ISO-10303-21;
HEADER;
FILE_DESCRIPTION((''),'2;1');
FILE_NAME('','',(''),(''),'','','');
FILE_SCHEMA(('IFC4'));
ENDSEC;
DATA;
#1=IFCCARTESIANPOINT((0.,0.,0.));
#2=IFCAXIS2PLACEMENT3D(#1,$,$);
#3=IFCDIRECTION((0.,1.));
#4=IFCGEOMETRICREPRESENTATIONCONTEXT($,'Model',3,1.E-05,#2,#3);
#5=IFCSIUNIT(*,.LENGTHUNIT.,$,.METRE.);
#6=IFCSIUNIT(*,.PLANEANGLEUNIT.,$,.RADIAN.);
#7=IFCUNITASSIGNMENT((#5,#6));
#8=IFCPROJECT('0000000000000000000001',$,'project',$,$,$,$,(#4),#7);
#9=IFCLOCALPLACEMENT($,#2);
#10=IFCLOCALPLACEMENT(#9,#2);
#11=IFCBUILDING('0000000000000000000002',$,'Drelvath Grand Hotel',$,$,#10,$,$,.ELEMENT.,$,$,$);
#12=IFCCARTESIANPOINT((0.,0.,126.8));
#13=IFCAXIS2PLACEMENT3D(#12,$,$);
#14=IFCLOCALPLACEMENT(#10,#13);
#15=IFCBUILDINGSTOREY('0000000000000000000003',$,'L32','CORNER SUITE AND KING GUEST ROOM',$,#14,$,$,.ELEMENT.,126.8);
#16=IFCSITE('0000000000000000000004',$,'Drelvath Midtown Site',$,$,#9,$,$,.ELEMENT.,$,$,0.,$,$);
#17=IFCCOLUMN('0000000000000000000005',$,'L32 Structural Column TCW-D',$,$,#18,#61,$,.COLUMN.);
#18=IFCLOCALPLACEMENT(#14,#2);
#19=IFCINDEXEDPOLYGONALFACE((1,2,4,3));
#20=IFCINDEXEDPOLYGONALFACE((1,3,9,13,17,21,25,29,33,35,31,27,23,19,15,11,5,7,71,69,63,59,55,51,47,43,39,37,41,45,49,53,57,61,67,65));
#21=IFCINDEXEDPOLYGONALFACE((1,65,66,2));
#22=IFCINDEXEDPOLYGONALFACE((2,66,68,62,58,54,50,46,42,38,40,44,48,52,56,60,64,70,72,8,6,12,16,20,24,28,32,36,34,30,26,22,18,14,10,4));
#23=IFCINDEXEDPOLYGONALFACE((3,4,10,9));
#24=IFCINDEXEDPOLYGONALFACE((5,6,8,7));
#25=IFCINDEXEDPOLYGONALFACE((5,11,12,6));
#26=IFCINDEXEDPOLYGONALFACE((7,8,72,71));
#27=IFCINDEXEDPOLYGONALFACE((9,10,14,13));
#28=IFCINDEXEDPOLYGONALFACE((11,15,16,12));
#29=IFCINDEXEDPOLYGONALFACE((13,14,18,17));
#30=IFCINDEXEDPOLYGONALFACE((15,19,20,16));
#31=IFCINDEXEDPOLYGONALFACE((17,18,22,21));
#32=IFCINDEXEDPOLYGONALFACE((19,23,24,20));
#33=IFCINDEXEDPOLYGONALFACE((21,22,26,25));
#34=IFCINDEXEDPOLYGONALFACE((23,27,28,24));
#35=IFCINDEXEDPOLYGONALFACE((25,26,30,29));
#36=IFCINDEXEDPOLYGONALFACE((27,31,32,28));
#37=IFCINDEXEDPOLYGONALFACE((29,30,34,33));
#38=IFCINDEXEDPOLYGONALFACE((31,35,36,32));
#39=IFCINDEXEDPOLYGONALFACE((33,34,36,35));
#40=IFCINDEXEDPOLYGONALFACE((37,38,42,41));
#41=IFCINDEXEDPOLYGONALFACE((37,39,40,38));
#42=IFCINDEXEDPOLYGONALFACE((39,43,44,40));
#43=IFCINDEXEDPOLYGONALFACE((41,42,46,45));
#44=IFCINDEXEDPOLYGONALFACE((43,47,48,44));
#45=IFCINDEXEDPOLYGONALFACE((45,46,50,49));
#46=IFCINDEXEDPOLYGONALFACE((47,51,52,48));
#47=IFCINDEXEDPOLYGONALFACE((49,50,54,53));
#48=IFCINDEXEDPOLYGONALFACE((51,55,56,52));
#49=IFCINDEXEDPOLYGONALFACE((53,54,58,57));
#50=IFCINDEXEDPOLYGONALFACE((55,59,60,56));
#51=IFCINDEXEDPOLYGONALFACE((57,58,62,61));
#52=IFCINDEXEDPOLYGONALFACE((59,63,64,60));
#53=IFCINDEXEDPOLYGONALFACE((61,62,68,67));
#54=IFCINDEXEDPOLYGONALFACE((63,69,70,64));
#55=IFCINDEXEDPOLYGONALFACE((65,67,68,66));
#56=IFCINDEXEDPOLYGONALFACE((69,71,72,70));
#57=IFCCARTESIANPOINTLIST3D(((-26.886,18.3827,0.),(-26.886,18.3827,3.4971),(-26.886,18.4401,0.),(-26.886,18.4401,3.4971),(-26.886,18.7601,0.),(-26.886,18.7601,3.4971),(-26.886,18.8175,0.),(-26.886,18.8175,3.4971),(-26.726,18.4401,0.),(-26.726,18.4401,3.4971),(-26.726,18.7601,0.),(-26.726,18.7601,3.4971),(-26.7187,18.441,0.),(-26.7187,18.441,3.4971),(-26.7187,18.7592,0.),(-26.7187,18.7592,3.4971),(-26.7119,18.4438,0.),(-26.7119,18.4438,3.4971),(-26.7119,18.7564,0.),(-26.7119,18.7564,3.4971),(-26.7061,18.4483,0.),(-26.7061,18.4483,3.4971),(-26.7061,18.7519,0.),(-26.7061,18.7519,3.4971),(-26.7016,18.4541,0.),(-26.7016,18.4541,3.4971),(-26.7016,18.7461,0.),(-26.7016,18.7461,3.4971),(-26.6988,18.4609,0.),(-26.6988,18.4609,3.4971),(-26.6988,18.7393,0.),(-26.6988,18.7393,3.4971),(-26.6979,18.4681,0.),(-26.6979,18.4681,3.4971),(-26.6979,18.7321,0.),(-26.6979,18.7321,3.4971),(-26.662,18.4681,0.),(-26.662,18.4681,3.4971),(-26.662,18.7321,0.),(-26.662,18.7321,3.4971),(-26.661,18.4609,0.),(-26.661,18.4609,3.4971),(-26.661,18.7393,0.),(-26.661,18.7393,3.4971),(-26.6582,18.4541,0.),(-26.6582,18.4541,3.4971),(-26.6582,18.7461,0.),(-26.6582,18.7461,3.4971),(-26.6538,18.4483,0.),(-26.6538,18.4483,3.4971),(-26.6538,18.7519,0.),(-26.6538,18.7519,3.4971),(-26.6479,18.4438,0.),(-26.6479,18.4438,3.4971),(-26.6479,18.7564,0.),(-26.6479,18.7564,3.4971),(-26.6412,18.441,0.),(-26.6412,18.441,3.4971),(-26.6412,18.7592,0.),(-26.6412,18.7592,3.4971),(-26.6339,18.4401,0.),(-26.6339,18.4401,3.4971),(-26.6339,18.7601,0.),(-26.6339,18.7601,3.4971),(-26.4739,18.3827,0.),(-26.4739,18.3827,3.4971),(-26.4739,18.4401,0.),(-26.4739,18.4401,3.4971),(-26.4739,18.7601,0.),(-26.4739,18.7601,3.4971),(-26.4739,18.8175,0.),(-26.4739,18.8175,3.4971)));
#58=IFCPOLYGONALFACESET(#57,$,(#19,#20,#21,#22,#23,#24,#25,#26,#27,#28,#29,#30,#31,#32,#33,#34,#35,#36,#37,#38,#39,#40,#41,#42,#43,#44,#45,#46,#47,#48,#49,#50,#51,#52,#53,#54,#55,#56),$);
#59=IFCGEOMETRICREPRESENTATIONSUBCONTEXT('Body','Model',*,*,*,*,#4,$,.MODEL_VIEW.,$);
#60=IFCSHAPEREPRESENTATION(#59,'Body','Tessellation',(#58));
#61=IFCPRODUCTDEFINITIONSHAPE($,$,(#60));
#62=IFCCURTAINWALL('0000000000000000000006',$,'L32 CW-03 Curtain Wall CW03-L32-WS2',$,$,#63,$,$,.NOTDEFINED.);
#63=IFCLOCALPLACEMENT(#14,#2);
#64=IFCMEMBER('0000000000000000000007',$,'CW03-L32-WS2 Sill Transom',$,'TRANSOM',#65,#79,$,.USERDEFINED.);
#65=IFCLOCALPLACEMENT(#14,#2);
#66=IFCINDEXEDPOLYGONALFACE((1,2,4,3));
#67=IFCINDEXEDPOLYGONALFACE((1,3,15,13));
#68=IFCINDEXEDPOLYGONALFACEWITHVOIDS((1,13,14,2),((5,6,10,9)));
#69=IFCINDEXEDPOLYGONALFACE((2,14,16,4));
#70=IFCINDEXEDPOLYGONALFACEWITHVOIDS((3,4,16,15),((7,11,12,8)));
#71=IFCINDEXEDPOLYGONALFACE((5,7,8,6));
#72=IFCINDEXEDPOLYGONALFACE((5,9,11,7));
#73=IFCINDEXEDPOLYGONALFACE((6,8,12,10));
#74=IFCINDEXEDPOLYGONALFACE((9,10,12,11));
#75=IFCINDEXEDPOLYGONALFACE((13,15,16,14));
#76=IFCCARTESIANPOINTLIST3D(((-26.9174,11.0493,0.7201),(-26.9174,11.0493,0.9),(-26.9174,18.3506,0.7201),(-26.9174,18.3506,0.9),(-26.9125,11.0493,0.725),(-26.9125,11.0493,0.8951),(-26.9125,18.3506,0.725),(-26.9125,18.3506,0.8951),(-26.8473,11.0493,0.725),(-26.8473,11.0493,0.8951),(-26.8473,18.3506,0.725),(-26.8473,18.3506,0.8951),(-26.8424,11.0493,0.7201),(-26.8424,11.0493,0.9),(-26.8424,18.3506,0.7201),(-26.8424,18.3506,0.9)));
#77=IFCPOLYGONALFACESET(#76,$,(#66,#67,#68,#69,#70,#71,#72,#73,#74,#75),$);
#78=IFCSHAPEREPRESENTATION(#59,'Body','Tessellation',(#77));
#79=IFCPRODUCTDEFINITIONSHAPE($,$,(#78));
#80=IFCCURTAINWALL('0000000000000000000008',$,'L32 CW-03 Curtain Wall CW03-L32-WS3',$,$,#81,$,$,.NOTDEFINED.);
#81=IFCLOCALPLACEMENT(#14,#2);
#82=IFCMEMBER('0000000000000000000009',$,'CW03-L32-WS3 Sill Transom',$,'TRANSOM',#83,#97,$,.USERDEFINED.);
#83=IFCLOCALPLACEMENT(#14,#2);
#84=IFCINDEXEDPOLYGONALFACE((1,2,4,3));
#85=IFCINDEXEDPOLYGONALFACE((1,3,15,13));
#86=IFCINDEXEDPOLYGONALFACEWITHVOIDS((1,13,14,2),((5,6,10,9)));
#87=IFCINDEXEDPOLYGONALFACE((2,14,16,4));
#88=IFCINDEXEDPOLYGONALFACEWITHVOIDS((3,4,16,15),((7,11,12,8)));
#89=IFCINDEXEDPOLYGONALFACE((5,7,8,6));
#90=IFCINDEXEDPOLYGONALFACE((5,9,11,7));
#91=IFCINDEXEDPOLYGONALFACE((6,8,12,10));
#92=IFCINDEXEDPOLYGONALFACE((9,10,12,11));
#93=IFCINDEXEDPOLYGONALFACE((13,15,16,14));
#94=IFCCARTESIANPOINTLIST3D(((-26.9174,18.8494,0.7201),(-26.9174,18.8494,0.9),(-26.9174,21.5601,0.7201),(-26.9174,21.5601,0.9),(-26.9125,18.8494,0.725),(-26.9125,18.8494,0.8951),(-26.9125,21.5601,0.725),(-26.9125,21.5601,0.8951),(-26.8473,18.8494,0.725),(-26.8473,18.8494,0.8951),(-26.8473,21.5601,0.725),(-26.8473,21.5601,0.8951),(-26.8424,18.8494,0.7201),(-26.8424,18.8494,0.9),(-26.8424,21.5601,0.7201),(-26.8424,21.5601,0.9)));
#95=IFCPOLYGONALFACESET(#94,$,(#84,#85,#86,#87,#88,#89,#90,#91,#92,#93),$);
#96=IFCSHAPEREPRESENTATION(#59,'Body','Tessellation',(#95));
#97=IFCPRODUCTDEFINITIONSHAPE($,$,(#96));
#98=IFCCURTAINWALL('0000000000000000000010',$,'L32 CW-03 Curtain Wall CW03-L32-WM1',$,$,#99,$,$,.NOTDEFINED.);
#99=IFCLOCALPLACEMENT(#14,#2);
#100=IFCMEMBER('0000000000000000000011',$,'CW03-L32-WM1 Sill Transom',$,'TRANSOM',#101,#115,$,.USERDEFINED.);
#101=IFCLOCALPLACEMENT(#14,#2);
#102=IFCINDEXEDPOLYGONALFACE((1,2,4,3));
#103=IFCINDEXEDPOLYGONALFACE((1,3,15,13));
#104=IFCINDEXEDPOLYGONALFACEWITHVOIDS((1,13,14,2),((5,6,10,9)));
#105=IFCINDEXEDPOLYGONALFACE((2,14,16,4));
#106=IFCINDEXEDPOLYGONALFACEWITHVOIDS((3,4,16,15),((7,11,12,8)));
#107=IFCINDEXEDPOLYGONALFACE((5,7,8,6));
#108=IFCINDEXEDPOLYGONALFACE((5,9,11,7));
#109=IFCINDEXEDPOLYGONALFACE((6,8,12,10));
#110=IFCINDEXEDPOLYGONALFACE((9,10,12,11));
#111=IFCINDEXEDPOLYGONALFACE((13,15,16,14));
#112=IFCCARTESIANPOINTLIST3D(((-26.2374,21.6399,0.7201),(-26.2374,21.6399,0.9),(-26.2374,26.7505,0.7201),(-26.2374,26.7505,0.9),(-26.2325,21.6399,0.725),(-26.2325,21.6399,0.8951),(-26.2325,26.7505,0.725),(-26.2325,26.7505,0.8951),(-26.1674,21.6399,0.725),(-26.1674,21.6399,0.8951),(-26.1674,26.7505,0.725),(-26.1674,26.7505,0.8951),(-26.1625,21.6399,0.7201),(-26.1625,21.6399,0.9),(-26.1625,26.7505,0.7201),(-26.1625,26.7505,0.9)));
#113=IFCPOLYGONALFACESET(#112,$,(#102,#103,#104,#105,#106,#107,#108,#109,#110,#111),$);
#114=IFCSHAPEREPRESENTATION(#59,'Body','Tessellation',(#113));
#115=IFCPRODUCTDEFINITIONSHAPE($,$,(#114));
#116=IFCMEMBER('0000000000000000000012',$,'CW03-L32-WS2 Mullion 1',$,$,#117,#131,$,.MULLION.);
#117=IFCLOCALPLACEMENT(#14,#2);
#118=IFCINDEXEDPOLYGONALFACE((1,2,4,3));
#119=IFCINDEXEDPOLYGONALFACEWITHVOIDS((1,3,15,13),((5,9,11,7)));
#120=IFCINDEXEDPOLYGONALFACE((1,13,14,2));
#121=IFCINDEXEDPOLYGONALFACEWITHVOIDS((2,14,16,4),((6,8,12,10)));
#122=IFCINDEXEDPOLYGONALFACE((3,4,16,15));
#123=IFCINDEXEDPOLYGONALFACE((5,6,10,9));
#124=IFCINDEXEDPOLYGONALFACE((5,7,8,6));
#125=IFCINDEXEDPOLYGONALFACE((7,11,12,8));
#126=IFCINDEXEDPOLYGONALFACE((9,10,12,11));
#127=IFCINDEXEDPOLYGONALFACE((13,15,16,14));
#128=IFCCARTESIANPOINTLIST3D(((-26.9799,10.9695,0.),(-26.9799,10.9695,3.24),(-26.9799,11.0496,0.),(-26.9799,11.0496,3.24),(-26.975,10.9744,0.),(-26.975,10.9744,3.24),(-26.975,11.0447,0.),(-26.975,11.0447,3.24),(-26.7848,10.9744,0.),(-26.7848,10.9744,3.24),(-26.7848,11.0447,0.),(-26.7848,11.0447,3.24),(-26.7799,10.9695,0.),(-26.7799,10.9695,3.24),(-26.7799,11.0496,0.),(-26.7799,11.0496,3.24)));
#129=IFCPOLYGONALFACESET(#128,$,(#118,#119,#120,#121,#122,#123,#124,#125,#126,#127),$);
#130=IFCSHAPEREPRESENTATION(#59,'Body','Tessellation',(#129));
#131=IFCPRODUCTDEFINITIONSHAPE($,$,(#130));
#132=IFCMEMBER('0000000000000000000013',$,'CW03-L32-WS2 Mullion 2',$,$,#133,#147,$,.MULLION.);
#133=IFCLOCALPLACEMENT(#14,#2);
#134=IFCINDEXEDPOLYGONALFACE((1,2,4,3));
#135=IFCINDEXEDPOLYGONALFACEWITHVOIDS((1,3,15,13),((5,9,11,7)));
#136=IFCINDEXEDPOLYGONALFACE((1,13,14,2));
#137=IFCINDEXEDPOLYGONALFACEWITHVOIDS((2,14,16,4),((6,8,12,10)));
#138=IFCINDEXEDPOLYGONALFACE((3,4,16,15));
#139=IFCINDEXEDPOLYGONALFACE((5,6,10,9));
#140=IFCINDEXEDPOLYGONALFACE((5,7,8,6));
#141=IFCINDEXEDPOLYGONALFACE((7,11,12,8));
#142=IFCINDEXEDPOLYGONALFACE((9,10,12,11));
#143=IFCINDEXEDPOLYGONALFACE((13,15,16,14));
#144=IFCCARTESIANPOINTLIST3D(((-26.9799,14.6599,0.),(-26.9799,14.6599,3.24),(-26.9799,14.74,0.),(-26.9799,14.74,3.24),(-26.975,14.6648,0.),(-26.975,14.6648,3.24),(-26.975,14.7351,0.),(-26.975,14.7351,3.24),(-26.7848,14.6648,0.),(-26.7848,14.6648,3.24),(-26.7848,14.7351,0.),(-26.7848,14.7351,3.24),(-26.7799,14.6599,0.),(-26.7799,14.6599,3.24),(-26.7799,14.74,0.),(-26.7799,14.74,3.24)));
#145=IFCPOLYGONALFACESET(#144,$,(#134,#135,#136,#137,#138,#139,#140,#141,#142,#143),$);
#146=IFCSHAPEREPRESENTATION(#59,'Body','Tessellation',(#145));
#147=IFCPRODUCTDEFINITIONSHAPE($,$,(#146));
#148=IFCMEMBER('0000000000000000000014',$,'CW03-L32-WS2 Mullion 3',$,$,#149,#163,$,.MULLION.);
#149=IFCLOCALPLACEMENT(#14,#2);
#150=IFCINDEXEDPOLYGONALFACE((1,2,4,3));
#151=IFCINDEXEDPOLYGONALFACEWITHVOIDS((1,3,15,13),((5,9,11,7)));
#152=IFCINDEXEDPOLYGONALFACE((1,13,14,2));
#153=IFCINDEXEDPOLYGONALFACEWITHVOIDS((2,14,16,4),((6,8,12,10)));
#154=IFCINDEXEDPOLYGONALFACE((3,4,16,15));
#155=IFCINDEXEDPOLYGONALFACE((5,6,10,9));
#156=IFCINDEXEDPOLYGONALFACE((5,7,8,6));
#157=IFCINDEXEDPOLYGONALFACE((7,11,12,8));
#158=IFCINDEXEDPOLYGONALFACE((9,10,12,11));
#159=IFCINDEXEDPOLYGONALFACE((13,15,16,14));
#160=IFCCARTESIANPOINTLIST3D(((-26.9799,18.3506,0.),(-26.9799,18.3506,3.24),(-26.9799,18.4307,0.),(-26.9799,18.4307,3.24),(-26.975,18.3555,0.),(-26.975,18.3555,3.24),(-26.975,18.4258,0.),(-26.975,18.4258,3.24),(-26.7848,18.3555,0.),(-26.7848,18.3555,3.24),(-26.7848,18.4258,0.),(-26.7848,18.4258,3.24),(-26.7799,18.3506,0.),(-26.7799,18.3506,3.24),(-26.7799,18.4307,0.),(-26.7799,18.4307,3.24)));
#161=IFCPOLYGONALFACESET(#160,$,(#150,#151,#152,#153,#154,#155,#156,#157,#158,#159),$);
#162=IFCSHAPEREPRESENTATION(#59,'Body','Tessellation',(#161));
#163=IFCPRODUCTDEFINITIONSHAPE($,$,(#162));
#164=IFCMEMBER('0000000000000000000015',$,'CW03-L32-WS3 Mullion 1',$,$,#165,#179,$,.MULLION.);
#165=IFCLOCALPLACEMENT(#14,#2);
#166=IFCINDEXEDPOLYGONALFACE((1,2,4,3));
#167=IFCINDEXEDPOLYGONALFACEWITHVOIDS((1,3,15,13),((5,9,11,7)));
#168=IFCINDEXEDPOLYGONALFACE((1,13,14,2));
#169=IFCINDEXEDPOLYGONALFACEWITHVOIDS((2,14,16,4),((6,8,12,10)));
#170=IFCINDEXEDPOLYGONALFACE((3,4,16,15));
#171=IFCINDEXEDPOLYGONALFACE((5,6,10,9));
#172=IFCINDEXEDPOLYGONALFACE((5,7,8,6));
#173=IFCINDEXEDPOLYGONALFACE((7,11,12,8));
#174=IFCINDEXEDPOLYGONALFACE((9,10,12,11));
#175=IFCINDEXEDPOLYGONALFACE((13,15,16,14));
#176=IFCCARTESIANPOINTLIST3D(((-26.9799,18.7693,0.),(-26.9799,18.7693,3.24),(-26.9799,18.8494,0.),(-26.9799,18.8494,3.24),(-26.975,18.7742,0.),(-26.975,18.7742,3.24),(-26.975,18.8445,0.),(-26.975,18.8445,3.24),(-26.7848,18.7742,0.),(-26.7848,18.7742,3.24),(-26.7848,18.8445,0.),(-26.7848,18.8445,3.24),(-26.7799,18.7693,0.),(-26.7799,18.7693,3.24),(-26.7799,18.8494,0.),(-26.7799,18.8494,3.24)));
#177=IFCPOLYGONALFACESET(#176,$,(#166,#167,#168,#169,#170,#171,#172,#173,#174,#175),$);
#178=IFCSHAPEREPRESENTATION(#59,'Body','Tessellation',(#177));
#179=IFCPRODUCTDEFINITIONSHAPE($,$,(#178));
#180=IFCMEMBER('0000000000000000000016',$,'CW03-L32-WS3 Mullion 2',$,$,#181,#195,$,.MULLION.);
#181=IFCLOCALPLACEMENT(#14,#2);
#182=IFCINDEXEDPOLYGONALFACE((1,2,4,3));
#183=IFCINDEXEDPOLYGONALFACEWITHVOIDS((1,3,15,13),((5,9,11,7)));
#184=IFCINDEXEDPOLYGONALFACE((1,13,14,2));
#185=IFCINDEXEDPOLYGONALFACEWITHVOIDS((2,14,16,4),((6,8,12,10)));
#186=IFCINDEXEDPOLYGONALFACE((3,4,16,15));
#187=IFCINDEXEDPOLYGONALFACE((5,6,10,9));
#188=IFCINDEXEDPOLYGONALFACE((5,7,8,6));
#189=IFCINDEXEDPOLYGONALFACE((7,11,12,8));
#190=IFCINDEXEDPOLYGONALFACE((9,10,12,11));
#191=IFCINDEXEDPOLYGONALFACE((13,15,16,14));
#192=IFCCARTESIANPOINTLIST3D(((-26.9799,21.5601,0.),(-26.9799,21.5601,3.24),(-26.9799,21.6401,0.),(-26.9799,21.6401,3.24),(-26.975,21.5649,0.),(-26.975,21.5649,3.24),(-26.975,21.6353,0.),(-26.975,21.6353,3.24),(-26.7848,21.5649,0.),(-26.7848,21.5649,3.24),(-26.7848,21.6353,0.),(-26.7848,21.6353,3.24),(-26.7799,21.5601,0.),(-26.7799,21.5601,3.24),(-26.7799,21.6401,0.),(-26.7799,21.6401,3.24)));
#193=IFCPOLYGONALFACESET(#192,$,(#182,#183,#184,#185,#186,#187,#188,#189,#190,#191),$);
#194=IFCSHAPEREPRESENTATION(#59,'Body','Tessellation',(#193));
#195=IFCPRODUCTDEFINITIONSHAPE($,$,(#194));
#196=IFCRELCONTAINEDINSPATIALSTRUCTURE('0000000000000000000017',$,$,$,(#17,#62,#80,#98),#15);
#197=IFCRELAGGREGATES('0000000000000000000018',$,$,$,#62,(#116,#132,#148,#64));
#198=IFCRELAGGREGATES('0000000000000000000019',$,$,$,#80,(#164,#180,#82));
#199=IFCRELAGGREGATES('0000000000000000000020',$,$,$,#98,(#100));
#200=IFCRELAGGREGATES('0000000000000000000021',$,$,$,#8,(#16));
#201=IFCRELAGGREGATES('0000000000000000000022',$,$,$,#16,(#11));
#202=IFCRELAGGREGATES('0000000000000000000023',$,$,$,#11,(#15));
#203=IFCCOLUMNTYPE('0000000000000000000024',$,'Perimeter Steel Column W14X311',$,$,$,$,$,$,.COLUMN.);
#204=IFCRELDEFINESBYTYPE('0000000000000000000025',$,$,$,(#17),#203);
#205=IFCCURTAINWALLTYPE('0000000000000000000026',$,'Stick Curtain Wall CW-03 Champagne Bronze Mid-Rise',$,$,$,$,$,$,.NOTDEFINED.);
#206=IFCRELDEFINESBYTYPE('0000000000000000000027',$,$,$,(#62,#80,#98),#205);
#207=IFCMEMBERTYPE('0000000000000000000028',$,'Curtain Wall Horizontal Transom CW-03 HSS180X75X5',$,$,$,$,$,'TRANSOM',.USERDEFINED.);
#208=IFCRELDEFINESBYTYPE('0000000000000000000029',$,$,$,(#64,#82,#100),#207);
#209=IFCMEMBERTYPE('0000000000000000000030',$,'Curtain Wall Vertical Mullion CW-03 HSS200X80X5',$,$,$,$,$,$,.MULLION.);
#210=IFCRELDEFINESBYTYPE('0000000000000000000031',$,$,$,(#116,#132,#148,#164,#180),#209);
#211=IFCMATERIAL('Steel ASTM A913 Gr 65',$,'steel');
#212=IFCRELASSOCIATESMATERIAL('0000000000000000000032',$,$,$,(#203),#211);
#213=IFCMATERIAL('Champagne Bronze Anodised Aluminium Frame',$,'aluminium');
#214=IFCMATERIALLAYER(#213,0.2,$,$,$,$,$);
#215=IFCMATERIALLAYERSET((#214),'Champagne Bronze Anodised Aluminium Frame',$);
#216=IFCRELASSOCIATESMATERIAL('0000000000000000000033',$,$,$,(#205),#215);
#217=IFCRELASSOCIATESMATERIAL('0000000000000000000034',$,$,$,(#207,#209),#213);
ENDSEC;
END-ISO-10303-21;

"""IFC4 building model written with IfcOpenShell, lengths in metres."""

from ifc_helpers import new_model, si_unit, direction, frame, origin, origin_2d, place, context, subcontext, project, spatial, hollow_rectangle, i_section, extrude, material, layer, layer_set, material_profile, profile_set, type_object, element, aggregate, save


model = new_model("IFC4")

# Units and contexts
model_context = context("Model", 3, precision=1e-05, world=origin(), true_north=direction((0.0, 1.0)))
body_context = subcontext(model_context, "Body", "Model", "MODEL_VIEW")
ifc_project = project(units=[si_unit("LENGTHUNIT", "METRE"), si_unit("PLANEANGLEUNIT", "RADIAN")], contexts=[model_context])

# Site, building, storey
site_placement = place(None, origin())
site = spatial("IfcSite", under=ifc_project, at=site_placement, Name="Drelvath Midtown Site", CompositionType="ELEMENT", RefElevation=0.0)
building_placement = place(site_placement, origin())
building = spatial("IfcBuilding", under=site, at=building_placement, Name="Drelvath Grand Hotel", CompositionType="ELEMENT")
storey_placement = place(building_placement, frame((0.0, 0.0, 126.8)))
storey = spatial("IfcBuildingStorey", under=building, at=storey_placement, Name="L32", Description="CORNER SUITE AND KING GUEST ROOM", CompositionType="ELEMENT", Elevation=126.8)

# Column
ifc_material_1 = material(Name="Steel ASTM A913 Gr 65", Category="steel")
ifc_material_profile_1 = material_profile(ifc_material_1, i_section(OverallWidth=0.4121, OverallDepth=0.4348, WebThickness=0.0359, FlangeThickness=0.0574, FilletRadius=0.0281, at=origin_2d()), Name="W14X311")
ifc_profile_set_1 = profile_set([ifc_material_profile_1], Name="Steel ASTM A913 Gr 65")
column_type = type_object("IfcColumnType", Name="Perimeter Steel Column W14X311", PredefinedType="COLUMN", material=ifc_profile_set_1)
column_placement = place(storey_placement, frame((-26.6799, 18.6001, 0.0), z_axis=(0.0, 0.0, 1.0), x_axis=(1.0, 0.0, 0.0)))
element("IfcColumn", 1, at=column_placement, inside=storey, type_object=column_type, Name="L32 Structural Column TCW-D", PredefinedType="COLUMN", context=body_context, shape_type="SweptSolid", body=[
    extrude(i_section(OverallWidth=0.4121, OverallDepth=0.4348, WebThickness=0.0359, FlangeThickness=0.0574, FilletRadius=0.0281, at=origin_2d()), origin(), (0.0, 0.0, 1.0), 3.4971),
])

# Curtain walls, members
ifc_material_2 = material(Name="Champagne Bronze Anodised Aluminium Frame", Category="aluminium")
ifc_layer_1 = layer(ifc_material_2, 0.2)
ifc_layer_set_1 = layer_set([ifc_layer_1], Name="Champagne Bronze Anodised Aluminium Frame")
curtain_wall_type = type_object("IfcCurtainWallType", Name="Stick Curtain Wall CW-03 Champagne Bronze Mid-Rise", PredefinedType="NOTDEFINED", material=ifc_layer_set_1)
curtain_wall_1_placement = place(storey_placement, origin())
curtain_wall_1 = element("IfcCurtainWall", 2, at=curtain_wall_1_placement, inside=storey, type_object=curtain_wall_type, Name="L32 CW-03 Curtain Wall CW03-L32-WS2", PredefinedType="NOTDEFINED")
ifc_material_profile_2 = material_profile(ifc_material_2, hollow_rectangle(XDim=0.075, YDim=0.1799, WallThickness=0.0049, at=origin_2d()), Name="HSS180X75X5")
ifc_profile_set_2 = profile_set([ifc_material_profile_2], Name="Champagne Bronze Anodised Aluminium Frame")
member_type_1 = type_object("IfcMemberType", Name="Curtain Wall Horizontal Transom CW-03 HSS180X75X5", ElementType="TRANSOM", PredefinedType="USERDEFINED", material=ifc_profile_set_2)
member_1_placement = place(storey_placement, frame((-26.8799, 11.0493, 0.8101), z_axis=(0.0, 1.0, 0.0), x_axis=(-1.0, 0.0, 0.0)))
member_1 = element("IfcMember", 3, at=member_1_placement, type_object=member_type_1, Name="CW03-L32-WS2 Sill Transom", ObjectType="TRANSOM", PredefinedType="USERDEFINED", context=body_context, shape_type="SweptSolid", body=[
    extrude(hollow_rectangle(XDim=0.075, YDim=0.1799, WallThickness=0.0049, at=origin_2d()), origin(), (0.0, 0.0, 1.0), 7.3013),
])
curtain_wall_2_placement = place(storey_placement, origin())
curtain_wall_2 = element("IfcCurtainWall", 4, at=curtain_wall_2_placement, inside=storey, type_object=curtain_wall_type, Name="L32 CW-03 Curtain Wall CW03-L32-WS3", PredefinedType="NOTDEFINED")
member_2_placement = place(storey_placement, frame((-26.8799, 18.8494, 0.8101), z_axis=(0.0, 1.0, 0.0), x_axis=(-1.0, 0.0, 0.0)))
member_2 = element("IfcMember", 5, at=member_2_placement, type_object=member_type_1, Name="CW03-L32-WS3 Sill Transom", ObjectType="TRANSOM", PredefinedType="USERDEFINED", context=body_context, shape_type="SweptSolid", body=[
    extrude(hollow_rectangle(XDim=0.075, YDim=0.1799, WallThickness=0.0049, at=origin_2d()), origin(), (0.0, 0.0, 1.0), 2.7107),
])
curtain_wall_3_placement = place(storey_placement, origin())
curtain_wall_3 = element("IfcCurtainWall", 6, at=curtain_wall_3_placement, inside=storey, type_object=curtain_wall_type, Name="L32 CW-03 Curtain Wall CW03-L32-WM1", PredefinedType="NOTDEFINED")
member_3_placement = place(storey_placement, frame((-26.2, 21.6399, 0.8101), z_axis=(0.0, 1.0, 0.0), x_axis=(-1.0, 0.0, 0.0)))
member_3 = element("IfcMember", 7, at=member_3_placement, type_object=member_type_1, Name="CW03-L32-WM1 Sill Transom", ObjectType="TRANSOM", PredefinedType="USERDEFINED", context=body_context, shape_type="SweptSolid", body=[
    extrude(hollow_rectangle(XDim=0.075, YDim=0.1799, WallThickness=0.0049, at=origin_2d()), origin(), (0.0, 0.0, 1.0), 5.1106),
])

# Members
ifc_material_profile_3 = material_profile(ifc_material_2, hollow_rectangle(XDim=0.0801, YDim=0.2, WallThickness=0.0049, at=origin_2d()), Name="HSS200X80X5")
ifc_profile_set_3 = profile_set([ifc_material_profile_3], Name="Champagne Bronze Anodised Aluminium Frame")
member_type_2 = type_object("IfcMemberType", Name="Curtain Wall Vertical Mullion CW-03 HSS200X80X5", PredefinedType="MULLION", material=ifc_profile_set_3)
member_4_placement = place(storey_placement, frame((-26.8799, 11.0095, 0.0), z_axis=(0.0, 0.0, 1.0), x_axis=(0.0, 1.0, 0.0)))
member_4 = element("IfcMember", 8, at=member_4_placement, type_object=member_type_2, Name="CW03-L32-WS2 Mullion 1", PredefinedType="MULLION", context=body_context, shape_type="SweptSolid", body=[
    extrude(hollow_rectangle(XDim=0.0801, YDim=0.2, WallThickness=0.0049, at=origin_2d()), origin(), (0.0, 0.0, 1.0), 3.24),
])
member_5_placement = place(storey_placement, frame((-26.8799, 14.7, 0.0), z_axis=(0.0, 0.0, 1.0), x_axis=(0.0, 1.0, 0.0)))
member_5 = element("IfcMember", 9, at=member_5_placement, type_object=member_type_2, Name="CW03-L32-WS2 Mullion 2", PredefinedType="MULLION", context=body_context, shape_type="SweptSolid", body=[
    extrude(hollow_rectangle(XDim=0.0801, YDim=0.2, WallThickness=0.0049, at=origin_2d()), origin(), (0.0, 0.0, 1.0), 3.24),
])
member_6_placement = place(storey_placement, frame((-26.8799, 18.3906, 0.0), z_axis=(0.0, 0.0, 1.0), x_axis=(0.0, 1.0, 0.0)))
member_6 = element("IfcMember", 10, at=member_6_placement, type_object=member_type_2, Name="CW03-L32-WS2 Mullion 3", PredefinedType="MULLION", context=body_context, shape_type="SweptSolid", body=[
    extrude(hollow_rectangle(XDim=0.0801, YDim=0.2, WallThickness=0.0049, at=origin_2d()), origin(), (0.0, 0.0, 1.0), 3.24),
])
member_7_placement = place(storey_placement, frame((-26.8799, 18.8093, 0.0), z_axis=(0.0, 0.0, 1.0), x_axis=(0.0, 1.0, 0.0)))
member_7 = element("IfcMember", 11, at=member_7_placement, type_object=member_type_2, Name="CW03-L32-WS3 Mullion 1", PredefinedType="MULLION", context=body_context, shape_type="SweptSolid", body=[
    extrude(hollow_rectangle(XDim=0.0801, YDim=0.2, WallThickness=0.0049, at=origin_2d()), origin(), (0.0, 0.0, 1.0), 3.24),
])
member_8_placement = place(storey_placement, frame((-26.8799, 21.6001, 0.0), z_axis=(0.0, 0.0, 1.0), x_axis=(0.0, 1.0, 0.0)))
member_8 = element("IfcMember", 12, at=member_8_placement, type_object=member_type_2, Name="CW03-L32-WS3 Mullion 2", PredefinedType="MULLION", context=body_context, shape_type="SweptSolid", body=[
    extrude(hollow_rectangle(XDim=0.0801, YDim=0.2, WallThickness=0.0049, at=origin_2d()), origin(), (0.0, 0.0, 1.0), 3.24),
])

aggregate(curtain_wall_1, [member_4, member_5, member_6, member_1])
aggregate(curtain_wall_2, [member_7, member_8, member_2])
aggregate(curtain_wall_3, [member_3])

save(model, "model.ifc")
